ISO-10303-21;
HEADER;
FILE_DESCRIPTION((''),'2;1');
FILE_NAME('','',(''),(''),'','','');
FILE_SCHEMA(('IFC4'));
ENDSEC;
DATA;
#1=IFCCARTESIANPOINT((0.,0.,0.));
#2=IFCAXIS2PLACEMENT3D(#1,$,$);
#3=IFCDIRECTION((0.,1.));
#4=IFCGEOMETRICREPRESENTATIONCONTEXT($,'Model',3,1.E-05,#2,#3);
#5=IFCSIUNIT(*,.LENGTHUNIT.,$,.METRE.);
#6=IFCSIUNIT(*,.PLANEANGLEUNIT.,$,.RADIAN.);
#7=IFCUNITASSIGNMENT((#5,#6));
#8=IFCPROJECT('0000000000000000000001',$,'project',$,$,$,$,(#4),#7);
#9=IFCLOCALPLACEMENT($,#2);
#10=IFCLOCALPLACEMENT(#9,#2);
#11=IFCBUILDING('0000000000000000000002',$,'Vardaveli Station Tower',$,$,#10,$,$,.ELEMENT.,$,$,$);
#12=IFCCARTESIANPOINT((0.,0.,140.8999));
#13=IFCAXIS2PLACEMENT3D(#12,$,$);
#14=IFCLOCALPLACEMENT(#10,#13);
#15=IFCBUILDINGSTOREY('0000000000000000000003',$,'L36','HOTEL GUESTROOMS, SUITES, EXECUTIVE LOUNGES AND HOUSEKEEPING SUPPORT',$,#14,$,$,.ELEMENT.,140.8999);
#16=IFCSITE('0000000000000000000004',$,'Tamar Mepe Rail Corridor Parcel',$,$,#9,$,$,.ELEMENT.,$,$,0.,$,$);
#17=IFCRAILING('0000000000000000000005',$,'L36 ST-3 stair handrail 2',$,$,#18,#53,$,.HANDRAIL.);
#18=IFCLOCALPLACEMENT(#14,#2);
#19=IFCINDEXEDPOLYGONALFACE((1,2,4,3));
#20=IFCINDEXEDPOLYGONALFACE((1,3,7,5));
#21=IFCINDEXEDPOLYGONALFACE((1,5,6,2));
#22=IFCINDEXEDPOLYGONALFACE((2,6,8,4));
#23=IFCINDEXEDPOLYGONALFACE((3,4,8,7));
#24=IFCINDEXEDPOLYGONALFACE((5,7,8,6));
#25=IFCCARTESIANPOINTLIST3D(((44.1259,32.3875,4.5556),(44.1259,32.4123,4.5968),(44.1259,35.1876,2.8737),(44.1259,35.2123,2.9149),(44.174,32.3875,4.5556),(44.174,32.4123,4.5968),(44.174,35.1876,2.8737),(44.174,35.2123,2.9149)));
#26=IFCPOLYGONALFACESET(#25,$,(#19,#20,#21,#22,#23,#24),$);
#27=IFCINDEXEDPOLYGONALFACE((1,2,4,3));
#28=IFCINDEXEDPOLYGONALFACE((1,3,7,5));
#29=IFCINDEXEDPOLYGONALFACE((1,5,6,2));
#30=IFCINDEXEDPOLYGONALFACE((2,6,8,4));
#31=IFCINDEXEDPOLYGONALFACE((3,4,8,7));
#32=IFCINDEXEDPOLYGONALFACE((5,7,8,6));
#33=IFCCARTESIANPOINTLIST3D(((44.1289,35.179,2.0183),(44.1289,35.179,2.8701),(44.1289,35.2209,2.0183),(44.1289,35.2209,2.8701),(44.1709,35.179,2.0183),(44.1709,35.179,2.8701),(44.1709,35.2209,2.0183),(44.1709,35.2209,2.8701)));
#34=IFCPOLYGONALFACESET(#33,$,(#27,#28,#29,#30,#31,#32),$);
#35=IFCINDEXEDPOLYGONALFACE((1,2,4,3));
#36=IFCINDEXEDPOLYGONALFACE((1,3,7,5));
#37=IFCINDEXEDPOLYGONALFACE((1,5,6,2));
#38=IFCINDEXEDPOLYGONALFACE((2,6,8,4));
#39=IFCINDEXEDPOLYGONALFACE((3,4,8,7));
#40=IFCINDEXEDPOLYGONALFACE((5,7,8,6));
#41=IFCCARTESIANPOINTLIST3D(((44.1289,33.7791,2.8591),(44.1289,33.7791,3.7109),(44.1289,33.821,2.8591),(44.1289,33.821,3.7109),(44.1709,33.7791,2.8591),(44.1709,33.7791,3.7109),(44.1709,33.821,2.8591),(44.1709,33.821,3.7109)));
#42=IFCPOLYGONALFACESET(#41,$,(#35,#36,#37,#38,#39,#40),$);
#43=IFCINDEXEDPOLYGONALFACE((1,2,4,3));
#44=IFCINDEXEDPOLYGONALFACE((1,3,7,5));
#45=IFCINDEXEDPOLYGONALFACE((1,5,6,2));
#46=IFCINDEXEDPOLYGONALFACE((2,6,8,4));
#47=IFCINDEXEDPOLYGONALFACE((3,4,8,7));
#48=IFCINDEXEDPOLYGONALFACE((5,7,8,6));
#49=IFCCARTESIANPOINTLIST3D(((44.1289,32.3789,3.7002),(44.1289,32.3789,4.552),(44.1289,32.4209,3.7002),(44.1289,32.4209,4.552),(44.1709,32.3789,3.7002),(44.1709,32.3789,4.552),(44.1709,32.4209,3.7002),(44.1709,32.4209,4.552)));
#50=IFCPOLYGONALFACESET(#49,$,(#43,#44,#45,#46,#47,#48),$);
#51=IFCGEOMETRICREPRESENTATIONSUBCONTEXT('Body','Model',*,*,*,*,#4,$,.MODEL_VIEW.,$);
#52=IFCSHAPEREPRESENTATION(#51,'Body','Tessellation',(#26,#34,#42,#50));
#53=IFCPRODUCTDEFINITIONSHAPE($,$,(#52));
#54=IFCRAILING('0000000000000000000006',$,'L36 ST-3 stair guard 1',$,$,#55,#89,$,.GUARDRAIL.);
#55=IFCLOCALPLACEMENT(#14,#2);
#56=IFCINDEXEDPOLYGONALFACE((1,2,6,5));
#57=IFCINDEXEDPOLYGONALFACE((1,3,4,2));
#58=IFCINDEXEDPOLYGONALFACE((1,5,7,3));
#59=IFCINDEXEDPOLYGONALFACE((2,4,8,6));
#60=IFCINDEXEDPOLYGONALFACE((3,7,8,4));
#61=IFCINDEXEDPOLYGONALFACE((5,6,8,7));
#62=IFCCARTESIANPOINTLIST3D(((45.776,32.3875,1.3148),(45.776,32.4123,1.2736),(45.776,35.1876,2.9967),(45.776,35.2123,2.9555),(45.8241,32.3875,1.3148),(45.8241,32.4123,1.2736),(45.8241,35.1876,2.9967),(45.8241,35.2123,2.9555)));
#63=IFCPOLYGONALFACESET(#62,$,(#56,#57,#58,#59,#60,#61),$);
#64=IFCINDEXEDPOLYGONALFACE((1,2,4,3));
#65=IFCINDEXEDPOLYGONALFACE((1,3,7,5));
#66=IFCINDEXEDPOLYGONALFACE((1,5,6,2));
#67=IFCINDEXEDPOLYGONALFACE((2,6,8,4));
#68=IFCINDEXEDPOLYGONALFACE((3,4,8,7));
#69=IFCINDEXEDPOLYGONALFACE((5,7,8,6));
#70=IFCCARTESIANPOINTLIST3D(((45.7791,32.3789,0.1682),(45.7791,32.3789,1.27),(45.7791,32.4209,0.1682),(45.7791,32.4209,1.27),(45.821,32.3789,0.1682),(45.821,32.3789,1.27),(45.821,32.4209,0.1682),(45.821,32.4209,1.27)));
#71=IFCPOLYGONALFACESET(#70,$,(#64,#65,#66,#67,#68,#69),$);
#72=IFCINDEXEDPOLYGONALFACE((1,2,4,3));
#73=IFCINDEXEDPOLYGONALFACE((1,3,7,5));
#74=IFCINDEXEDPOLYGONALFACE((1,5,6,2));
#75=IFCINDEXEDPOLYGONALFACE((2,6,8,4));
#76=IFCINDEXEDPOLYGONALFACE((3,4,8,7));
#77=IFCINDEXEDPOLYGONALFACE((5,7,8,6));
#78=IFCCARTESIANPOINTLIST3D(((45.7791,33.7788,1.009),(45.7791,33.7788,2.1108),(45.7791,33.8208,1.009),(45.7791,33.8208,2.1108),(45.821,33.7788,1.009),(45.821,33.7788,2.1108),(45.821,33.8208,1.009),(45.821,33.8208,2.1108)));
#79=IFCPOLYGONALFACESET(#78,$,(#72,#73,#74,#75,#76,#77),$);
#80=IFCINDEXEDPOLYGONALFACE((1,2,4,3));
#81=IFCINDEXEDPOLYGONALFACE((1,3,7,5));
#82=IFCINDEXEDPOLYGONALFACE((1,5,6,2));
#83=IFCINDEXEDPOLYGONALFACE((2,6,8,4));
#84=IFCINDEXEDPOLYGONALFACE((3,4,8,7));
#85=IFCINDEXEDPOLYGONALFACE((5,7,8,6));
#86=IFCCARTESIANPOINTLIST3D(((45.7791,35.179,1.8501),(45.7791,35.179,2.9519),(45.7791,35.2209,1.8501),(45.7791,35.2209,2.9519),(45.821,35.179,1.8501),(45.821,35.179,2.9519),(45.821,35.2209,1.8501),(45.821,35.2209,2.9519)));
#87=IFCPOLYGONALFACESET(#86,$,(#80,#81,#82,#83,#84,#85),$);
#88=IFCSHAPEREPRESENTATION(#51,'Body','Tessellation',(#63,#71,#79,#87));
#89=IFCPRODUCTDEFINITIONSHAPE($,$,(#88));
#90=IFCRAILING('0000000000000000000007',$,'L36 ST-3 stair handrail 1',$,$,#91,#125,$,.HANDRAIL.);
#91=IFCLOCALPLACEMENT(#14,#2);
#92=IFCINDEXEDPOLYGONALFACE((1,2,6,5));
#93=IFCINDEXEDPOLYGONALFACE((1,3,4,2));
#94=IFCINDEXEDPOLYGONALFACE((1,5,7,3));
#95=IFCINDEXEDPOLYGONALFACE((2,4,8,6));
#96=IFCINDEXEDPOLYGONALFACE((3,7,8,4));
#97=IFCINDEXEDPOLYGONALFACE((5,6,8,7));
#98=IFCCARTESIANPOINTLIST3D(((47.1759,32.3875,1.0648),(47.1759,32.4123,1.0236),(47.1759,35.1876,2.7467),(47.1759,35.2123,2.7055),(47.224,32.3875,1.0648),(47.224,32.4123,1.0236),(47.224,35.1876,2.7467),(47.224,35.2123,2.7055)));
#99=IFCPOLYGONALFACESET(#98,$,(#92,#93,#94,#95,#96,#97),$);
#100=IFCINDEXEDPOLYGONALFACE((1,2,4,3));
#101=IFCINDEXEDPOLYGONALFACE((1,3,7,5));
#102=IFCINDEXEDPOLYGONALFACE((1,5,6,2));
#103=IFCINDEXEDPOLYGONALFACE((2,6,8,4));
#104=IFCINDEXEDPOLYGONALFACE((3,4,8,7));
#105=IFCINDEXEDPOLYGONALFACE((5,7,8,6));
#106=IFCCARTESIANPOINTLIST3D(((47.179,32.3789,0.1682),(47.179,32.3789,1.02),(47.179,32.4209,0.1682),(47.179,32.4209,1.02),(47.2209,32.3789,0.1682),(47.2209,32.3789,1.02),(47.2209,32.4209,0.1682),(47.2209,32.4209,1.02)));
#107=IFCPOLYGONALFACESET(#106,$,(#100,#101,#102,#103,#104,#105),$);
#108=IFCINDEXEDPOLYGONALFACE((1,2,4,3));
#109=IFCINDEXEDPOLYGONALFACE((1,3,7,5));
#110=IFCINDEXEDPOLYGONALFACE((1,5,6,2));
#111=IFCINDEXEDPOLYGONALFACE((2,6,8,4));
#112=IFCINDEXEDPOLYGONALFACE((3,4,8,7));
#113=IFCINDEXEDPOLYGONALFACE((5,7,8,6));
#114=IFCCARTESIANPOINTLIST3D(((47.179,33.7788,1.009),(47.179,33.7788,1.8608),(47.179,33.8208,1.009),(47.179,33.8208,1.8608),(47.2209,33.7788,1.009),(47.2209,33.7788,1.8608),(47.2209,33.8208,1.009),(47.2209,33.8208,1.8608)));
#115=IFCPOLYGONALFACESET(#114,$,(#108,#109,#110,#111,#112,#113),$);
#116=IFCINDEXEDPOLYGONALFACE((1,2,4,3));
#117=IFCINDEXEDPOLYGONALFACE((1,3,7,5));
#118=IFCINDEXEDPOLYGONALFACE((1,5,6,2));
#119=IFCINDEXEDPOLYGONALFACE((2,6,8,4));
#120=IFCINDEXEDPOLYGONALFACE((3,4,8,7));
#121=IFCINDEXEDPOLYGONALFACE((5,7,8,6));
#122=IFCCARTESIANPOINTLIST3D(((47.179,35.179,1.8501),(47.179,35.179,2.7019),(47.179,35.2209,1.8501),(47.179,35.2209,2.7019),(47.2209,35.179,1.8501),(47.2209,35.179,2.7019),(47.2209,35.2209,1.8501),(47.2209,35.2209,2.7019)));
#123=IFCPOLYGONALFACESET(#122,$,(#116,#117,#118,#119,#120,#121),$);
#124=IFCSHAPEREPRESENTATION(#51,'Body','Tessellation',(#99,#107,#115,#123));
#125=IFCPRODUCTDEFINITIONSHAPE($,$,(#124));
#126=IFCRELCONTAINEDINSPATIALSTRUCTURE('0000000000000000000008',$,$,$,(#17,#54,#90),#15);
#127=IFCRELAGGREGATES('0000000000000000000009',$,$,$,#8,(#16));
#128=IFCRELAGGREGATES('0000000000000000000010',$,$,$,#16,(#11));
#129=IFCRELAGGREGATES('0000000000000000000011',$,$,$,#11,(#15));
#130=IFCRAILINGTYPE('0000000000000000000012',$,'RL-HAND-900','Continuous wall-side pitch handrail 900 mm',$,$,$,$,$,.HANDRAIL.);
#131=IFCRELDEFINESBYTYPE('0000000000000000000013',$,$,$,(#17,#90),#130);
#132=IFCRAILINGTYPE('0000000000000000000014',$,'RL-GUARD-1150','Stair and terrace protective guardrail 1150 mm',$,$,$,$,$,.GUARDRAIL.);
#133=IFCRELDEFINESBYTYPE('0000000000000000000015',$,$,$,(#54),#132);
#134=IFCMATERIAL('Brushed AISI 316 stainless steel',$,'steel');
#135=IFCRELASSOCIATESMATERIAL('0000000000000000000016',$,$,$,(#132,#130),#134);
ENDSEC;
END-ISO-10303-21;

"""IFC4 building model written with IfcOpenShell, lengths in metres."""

from ifc_helpers import new_model, si_unit, direction, frame, origin, origin_2d, place, context, subcontext, project, spatial, rectangle, extrude, source, transform, mapped, material, type_object, element, save


model = new_model("IFC4")

# Units and contexts
model_context = context("Model", 3, precision=1e-05, world=origin(), true_north=direction((0.0, 1.0)))
body_context = subcontext(model_context, "Body", "Model", "MODEL_VIEW")
ifc_project = project(units=[si_unit("LENGTHUNIT", "METRE"), si_unit("PLANEANGLEUNIT", "RADIAN")], contexts=[model_context])

# Site, building, storey
site_placement = place(None, origin())
site = spatial("IfcSite", under=ifc_project, at=site_placement, Name="Tamar Mepe Rail Corridor Parcel", CompositionType="ELEMENT", RefElevation=0.0)
building_placement = place(site_placement, origin())
building = spatial("IfcBuilding", under=site, at=building_placement, Name="Vardaveli Station Tower", CompositionType="ELEMENT")
storey_placement = place(building_placement, frame((0.0, 0.0, 140.8999)))
storey = spatial("IfcBuildingStorey", under=building, at=storey_placement, Name="L36", Description="HOTEL GUESTROOMS, SUITES, EXECUTIVE LOUNGES AND HOUSEKEEPING SUPPORT", CompositionType="ELEMENT", Elevation=140.8999)

# Railings
ifc_material_1 = material(Name="Brushed AISI 316 stainless steel", Category="steel")
railing_type_1 = type_object("IfcRailingType", Name="RL-GUARD-1150", Description="Stair and terrace protective guardrail 1150 mm", PredefinedType="GUARDRAIL", material=ifc_material_1)
railing_type_2 = type_object("IfcRailingType", Name="RL-HAND-900", Description="Continuous wall-side pitch handrail 900 mm", PredefinedType="HANDRAIL", material=ifc_material_1)
shared_shape_1 = source(origin(), body_context, "Body", "SweptSolid", [
    extrude(rectangle(XDim=0.0481, YDim=0.0481, at=origin_2d()), frame((0.0, 0.0, 0.876), z_axis=(0.0, -0.857242, 0.514913), x_axis=(1.0, 0.0, 0.0)), (0.0, 0.0, 1.0), 3.2664),
    extrude(rectangle(XDim=0.042, YDim=0.042, at=origin_2d()), origin(), (0.0, 0.0, 1.0), 0.8518),
    extrude(rectangle(XDim=0.042, YDim=0.042, at=origin_2d()), frame((0.0, -1.3999, 0.8408)), (0.0, 0.0, 1.0), 0.8518),
    extrude(rectangle(XDim=0.042, YDim=0.042, at=origin_2d()), frame((0.0, -2.8, 1.6819)), (0.0, 0.0, 1.0), 0.8518),
])
railing_1_placement = place(storey_placement, frame((44.1499, 35.2, 2.0183)))
element("IfcRailing", 1, at=railing_1_placement, inside=storey, type_object=railing_type_2, Name="L36 ST-3 stair handrail 2", PredefinedType="HANDRAIL", context=body_context, shape_type="MappedRepresentation", body=[
    mapped(shared_shape_1, transform((0.0, 0.0, 0.0), scale=1.0)),
])
shared_shape_2 = source(origin(), body_context, "Body", "SweptSolid", [
    extrude(rectangle(XDim=0.0481, YDim=0.0481, at=origin_2d()), frame((0.0, 0.0, 1.126), z_axis=(0.0, 0.857242, 0.514913), x_axis=(-1.0, 0.0, 0.0)), (0.0, 0.0, 1.0), 3.2664),
    extrude(rectangle(XDim=0.042, YDim=0.042, at=origin_2d()), origin(), (0.0, 0.0, 1.0), 1.1018),
    extrude(rectangle(XDim=0.042, YDim=0.042, at=origin_2d()), frame((0.0, 1.3999, 0.8408)), (0.0, 0.0, 1.0), 1.1018),
    extrude(rectangle(XDim=0.042, YDim=0.042, at=origin_2d()), frame((0.0, 2.8, 1.6819)), (0.0, 0.0, 1.0), 1.1018),
])
railing_2_placement = place(storey_placement, frame((45.8, 32.3999, 0.1682)))
element("IfcRailing", 2, at=railing_2_placement, inside=storey, type_object=railing_type_1, Name="L36 ST-3 stair guard 1", PredefinedType="GUARDRAIL", context=body_context, shape_type="MappedRepresentation", body=[
    mapped(shared_shape_2, transform((0.0, 0.0, 0.0), scale=1.0)),
])
shared_shape_3 = source(origin(), body_context, "Body", "SweptSolid", [
    extrude(rectangle(XDim=0.0481, YDim=0.0481, at=origin_2d()), frame((0.0, 0.0, 0.876), z_axis=(0.0, 0.857242, 0.514913), x_axis=(-1.0, 0.0, 0.0)), (0.0, 0.0, 1.0), 3.2664),
    extrude(rectangle(XDim=0.042, YDim=0.042, at=origin_2d()), origin(), (0.0, 0.0, 1.0), 0.8518),
    extrude(rectangle(XDim=0.042, YDim=0.042, at=origin_2d()), frame((0.0, 1.3999, 0.8408)), (0.0, 0.0, 1.0), 0.8518),
    extrude(rectangle(XDim=0.042, YDim=0.042, at=origin_2d()), frame((0.0, 2.8, 1.6819)), (0.0, 0.0, 1.0), 0.8518),
])
railing_3_placement = place(storey_placement, frame((47.2, 32.3999, 0.1682)))
element("IfcRailing", 3, at=railing_3_placement, inside=storey, type_object=railing_type_2, Name="L36 ST-3 stair handrail 1", PredefinedType="HANDRAIL", context=body_context, shape_type="MappedRepresentation", body=[
    mapped(shared_shape_3, transform((0.0, 0.0, 0.0), scale=1.0)),
])

save(model, "model.ifc")
